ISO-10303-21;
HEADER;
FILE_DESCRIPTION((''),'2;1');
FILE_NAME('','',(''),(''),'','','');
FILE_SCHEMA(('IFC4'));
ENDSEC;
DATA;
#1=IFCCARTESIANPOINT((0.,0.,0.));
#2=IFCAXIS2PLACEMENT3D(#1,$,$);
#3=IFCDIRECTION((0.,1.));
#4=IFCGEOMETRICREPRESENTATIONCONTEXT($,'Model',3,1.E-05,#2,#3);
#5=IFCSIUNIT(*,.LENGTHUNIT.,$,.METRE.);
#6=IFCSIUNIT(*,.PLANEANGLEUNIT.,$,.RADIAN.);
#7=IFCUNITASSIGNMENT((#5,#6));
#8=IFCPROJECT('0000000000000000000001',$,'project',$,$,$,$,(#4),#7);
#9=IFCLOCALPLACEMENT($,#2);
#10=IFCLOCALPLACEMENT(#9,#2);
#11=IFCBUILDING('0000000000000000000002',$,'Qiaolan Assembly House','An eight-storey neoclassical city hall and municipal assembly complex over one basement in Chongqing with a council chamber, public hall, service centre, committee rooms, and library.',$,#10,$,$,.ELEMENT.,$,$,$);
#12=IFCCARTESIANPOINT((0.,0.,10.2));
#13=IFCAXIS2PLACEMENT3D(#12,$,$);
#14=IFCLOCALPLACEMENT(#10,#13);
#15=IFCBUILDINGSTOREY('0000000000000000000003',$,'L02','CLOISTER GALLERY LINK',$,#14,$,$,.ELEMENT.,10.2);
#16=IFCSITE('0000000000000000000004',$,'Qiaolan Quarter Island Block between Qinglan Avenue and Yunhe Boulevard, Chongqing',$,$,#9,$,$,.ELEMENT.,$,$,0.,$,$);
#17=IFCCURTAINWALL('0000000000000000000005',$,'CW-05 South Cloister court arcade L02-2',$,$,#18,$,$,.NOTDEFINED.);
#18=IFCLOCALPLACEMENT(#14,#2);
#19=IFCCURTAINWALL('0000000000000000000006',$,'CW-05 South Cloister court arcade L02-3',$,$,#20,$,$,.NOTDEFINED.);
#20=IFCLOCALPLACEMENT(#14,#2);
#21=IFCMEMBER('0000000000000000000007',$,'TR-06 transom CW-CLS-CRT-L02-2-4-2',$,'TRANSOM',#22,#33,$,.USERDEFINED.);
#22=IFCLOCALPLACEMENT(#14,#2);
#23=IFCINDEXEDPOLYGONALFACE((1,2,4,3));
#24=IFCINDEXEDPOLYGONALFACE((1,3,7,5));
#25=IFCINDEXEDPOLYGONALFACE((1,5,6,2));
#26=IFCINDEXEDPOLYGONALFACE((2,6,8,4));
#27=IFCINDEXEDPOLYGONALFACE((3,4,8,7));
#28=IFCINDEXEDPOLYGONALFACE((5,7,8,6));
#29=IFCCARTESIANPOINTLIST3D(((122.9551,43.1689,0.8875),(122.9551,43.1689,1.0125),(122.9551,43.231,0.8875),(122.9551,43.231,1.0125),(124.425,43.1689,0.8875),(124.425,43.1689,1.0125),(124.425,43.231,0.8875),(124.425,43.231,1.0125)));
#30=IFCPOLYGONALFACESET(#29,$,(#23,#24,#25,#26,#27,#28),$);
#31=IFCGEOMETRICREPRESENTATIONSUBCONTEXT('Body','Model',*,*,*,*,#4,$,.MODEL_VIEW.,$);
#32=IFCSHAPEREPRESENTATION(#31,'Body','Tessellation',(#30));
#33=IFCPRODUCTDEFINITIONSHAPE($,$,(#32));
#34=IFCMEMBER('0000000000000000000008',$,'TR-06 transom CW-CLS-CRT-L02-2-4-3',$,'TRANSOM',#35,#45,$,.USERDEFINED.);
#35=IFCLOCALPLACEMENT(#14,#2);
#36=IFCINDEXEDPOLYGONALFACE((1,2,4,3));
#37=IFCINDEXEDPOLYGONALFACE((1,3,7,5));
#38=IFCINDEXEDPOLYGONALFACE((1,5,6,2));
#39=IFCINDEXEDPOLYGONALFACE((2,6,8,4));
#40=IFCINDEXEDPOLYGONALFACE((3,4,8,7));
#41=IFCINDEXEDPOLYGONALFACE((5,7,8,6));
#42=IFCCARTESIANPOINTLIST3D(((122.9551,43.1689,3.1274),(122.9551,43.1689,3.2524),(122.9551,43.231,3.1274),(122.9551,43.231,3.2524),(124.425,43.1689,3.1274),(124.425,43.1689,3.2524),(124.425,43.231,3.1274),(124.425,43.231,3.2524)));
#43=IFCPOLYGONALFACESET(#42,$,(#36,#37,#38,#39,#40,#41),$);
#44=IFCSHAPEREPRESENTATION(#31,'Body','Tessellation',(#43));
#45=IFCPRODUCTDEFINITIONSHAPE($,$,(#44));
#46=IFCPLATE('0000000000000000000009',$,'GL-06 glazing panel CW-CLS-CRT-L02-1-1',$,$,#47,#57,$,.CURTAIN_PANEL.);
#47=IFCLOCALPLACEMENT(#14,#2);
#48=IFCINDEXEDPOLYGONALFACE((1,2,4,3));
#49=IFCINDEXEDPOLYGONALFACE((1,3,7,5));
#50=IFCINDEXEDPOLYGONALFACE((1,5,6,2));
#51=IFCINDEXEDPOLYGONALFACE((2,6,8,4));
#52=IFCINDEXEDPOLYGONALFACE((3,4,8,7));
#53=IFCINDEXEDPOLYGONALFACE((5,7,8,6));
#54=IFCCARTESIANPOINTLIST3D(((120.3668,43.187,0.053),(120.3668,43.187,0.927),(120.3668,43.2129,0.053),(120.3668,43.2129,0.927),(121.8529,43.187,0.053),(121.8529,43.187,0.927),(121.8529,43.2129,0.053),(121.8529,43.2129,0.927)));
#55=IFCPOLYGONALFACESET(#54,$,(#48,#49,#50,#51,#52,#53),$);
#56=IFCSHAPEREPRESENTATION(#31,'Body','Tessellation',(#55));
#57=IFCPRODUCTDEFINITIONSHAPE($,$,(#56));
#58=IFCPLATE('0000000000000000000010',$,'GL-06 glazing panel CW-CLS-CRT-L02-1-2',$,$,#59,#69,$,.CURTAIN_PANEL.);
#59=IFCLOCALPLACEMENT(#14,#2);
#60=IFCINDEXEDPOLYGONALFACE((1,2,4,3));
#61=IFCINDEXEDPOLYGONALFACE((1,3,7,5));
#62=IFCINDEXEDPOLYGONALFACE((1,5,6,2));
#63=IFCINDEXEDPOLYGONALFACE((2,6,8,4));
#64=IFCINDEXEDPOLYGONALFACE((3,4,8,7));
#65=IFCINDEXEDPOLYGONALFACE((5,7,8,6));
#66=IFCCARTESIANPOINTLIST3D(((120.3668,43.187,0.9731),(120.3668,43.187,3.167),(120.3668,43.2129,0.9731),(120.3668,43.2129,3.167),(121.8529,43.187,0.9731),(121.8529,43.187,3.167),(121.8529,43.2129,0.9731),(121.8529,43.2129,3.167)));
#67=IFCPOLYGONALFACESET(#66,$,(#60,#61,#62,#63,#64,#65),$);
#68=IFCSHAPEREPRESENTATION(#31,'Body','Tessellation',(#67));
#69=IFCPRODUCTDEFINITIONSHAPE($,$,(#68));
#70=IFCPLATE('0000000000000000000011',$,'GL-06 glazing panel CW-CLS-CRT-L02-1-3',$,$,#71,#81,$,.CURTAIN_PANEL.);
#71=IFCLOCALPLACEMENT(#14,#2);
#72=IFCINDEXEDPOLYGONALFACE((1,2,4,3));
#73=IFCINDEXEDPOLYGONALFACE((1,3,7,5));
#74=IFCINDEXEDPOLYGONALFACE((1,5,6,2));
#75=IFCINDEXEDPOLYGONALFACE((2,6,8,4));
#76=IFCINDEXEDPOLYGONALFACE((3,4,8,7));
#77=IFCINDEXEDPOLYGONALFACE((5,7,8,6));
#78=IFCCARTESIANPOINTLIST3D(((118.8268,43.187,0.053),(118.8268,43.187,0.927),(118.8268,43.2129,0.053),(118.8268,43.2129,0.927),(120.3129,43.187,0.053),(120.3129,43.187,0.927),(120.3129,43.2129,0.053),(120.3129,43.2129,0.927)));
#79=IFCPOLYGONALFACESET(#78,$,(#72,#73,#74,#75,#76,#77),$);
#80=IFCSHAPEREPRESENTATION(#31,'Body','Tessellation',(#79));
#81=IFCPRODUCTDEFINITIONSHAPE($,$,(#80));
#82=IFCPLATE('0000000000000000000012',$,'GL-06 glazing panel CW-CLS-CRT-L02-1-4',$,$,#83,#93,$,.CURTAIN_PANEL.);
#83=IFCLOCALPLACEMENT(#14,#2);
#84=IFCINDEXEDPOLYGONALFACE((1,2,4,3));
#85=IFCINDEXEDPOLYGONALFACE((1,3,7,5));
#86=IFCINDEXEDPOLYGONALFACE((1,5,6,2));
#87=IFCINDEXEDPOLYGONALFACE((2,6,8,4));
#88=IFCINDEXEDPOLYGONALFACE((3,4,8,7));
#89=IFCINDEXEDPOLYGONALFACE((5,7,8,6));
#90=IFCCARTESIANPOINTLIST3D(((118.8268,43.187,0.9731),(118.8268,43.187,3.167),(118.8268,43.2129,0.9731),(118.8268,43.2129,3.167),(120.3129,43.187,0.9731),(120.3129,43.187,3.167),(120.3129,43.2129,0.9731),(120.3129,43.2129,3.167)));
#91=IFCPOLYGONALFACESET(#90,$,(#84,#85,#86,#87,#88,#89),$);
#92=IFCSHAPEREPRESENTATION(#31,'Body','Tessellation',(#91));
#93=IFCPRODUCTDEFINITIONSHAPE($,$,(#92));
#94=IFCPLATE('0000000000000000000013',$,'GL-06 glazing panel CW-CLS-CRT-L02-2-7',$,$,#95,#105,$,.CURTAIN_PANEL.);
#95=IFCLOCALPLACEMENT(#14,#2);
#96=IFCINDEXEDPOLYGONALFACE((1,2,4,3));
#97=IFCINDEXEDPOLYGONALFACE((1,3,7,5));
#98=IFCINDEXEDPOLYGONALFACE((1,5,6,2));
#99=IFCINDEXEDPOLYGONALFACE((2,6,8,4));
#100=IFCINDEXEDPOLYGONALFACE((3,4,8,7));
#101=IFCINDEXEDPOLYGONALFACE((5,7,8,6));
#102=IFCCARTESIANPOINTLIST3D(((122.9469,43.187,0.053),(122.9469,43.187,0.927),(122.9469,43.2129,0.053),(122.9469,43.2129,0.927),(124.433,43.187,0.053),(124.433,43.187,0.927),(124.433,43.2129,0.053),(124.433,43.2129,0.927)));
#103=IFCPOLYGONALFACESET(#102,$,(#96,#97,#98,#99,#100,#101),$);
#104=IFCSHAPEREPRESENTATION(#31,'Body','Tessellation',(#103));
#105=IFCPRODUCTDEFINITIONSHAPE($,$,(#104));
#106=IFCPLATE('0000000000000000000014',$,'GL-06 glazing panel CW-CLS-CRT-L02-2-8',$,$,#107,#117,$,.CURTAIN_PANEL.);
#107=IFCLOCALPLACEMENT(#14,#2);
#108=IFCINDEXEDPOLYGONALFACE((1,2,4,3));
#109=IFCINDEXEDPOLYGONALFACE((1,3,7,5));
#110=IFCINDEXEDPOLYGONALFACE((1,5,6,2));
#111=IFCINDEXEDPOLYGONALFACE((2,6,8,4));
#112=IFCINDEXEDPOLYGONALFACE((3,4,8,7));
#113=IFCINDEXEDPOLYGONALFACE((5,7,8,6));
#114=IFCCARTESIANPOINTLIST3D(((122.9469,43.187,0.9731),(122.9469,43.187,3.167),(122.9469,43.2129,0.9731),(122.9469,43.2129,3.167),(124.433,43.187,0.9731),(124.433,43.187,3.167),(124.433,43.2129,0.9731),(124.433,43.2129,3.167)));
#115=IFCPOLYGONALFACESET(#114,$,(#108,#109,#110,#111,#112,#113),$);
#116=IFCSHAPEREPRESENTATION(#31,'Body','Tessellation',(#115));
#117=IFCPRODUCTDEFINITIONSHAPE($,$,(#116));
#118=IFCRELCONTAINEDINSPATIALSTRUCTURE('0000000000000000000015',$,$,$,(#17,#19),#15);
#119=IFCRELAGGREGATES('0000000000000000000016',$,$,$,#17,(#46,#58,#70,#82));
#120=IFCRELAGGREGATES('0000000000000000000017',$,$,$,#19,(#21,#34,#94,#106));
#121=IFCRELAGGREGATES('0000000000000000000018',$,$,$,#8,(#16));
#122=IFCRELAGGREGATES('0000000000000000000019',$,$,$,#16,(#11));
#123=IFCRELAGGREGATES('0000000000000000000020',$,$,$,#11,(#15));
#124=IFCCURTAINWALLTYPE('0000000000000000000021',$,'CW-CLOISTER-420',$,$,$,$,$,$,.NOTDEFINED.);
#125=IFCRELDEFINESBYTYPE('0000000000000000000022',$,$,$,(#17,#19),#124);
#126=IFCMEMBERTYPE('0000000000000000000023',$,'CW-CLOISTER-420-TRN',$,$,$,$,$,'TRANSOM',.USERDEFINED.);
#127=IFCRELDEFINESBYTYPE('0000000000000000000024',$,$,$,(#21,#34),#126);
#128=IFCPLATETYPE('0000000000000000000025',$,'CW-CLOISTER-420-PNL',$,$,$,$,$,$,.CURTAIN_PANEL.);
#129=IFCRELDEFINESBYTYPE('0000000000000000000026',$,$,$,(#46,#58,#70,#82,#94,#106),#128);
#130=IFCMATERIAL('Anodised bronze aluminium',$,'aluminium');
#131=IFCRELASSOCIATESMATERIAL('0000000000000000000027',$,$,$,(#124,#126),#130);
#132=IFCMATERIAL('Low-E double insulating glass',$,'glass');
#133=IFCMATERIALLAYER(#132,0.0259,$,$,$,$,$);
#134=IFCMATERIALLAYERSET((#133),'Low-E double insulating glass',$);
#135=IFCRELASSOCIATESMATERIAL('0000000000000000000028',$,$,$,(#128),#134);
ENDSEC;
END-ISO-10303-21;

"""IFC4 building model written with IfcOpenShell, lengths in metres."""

from ifc_helpers import new_model, si_unit, direction, frame, frame_2d, origin, origin_2d, place, context, subcontext, project, spatial, rectangle, extrude, material, layer, layer_set, material_profile, profile_set, type_object, element, aggregate, save


model = new_model("IFC4")

# Units and contexts
model_context = context("Model", 3, precision=1e-05, world=origin(), true_north=direction((0.0, 1.0)))
body_context = subcontext(model_context, "Body", "Model", "MODEL_VIEW")
ifc_project = project(units=[si_unit("LENGTHUNIT", "METRE"), si_unit("PLANEANGLEUNIT", "RADIAN")], contexts=[model_context])

# Site, building, storey
site_placement = place(None, origin())
site = spatial("IfcSite", under=ifc_project, at=site_placement, Name="Qiaolan Quarter Island Block between Qinglan Avenue and Yunhe Boulevard, Chongqing", CompositionType="ELEMENT", RefElevation=0.0)
building_placement = place(site_placement, origin())
building = spatial("IfcBuilding", under=site, at=building_placement, Name="Qiaolan Assembly House", Description="An eight-storey neoclassical city hall and municipal assembly complex over one basement in Chongqing with a council chamber, public hall, service centre, committee rooms, and library.", CompositionType="ELEMENT")
storey_placement = place(building_placement, frame((0.0, 0.0, 10.2)))
storey = spatial("IfcBuildingStorey", under=building, at=storey_placement, Name="L02", Description="CLOISTER GALLERY LINK", CompositionType="ELEMENT", Elevation=10.2)

# Curtain walls
ifc_material_1 = material(Name="Anodised bronze aluminium", Category="aluminium")
curtain_wall_type = type_object("IfcCurtainWallType", Name="CW-CLOISTER-420", PredefinedType="NOTDEFINED", material=ifc_material_1)
curtain_wall_1_placement = place(storey_placement, origin())
curtain_wall_1 = element("IfcCurtainWall", 1, at=curtain_wall_1_placement, inside=storey, type_object=curtain_wall_type, Name="CW-05 South Cloister court arcade L02-2", PredefinedType="NOTDEFINED")
curtain_wall_2_placement = place(storey_placement, origin())
curtain_wall_2 = element("IfcCurtainWall", 2, at=curtain_wall_2_placement, inside=storey, type_object=curtain_wall_type, Name="CW-05 South Cloister court arcade L02-3", PredefinedType="NOTDEFINED")

# Members
ifc_material_profile_1 = material_profile(ifc_material_1, rectangle(XDim=0.062, YDim=0.125, at=origin_2d()), Name="TRN 62x125")
ifc_profile_set_1 = profile_set([ifc_material_profile_1], Name="Anodised bronze aluminium")
member_type_1 = type_object("IfcMemberType", Name="CW-CLOISTER-420-TRN", ElementType="TRANSOM", PredefinedType="USERDEFINED", material=ifc_profile_set_1)
member_1_placement = place(storey_placement, frame((124.425, 43.2, 0.95), z_axis=(-1.0, 0.0, 0.0), x_axis=(0.0, -1.0, 0.0)))
member_1 = element("IfcMember", 3, at=member_1_placement, type_object=member_type_1, Name="TR-06 transom CW-CLS-CRT-L02-2-4-2", ObjectType="TRANSOM", PredefinedType="USERDEFINED", context=body_context, shape_type="SweptSolid", body=[
    extrude(rectangle(XDim=0.062, YDim=0.125, at=origin_2d()), origin(), (0.0, 0.0, 1.0), 1.47),
])
member_2_placement = place(storey_placement, frame((124.425, 43.2, 3.1899), z_axis=(-1.0, 0.0, 0.0), x_axis=(0.0, -1.0, 0.0)))
member_2 = element("IfcMember", 4, at=member_2_placement, type_object=member_type_1, Name="TR-06 transom CW-CLS-CRT-L02-2-4-3", ObjectType="TRANSOM", PredefinedType="USERDEFINED", context=body_context, shape_type="SweptSolid", body=[
    extrude(rectangle(XDim=0.062, YDim=0.125, at=origin_2d()), origin(), (0.0, 0.0, 1.0), 1.47),
])

# Plates
ifc_material_2 = material(Name="Low-E double insulating glass", Category="glass")
ifc_layer = layer(ifc_material_2, 0.0259)
ifc_layer_set = layer_set([ifc_layer], Name="Low-E double insulating glass")
plate_type = type_object("IfcPlateType", Name="CW-CLOISTER-420-PNL", PredefinedType="CURTAIN_PANEL", material=ifc_layer_set)
plate_1_placement = place(storey_placement, frame((121.853, 43.2, 0.053), z_axis=(0.0, 0.0, 1.0), x_axis=(-1.0, 0.0, 0.0)))
plate_1 = element("IfcPlate", 5, at=plate_1_placement, type_object=plate_type, Name="GL-06 glazing panel CW-CLS-CRT-L02-1-1", PredefinedType="CURTAIN_PANEL", context=body_context, shape_type="SweptSolid", body=[
    extrude(rectangle(XDim=1.4861, YDim=0.0259, at=frame_2d((0.7432, 0.0))), origin(), (0.0, 0.0, 1.0), 0.874),
])
plate_2_placement = place(storey_placement, frame((121.853, 43.2, 0.9731), z_axis=(0.0, 0.0, 1.0), x_axis=(-1.0, 0.0, 0.0)))
plate_2 = element("IfcPlate", 6, at=plate_2_placement, type_object=plate_type, Name="GL-06 glazing panel CW-CLS-CRT-L02-1-2", PredefinedType="CURTAIN_PANEL", context=body_context, shape_type="SweptSolid", body=[
    extrude(rectangle(XDim=1.4861, YDim=0.0259, at=frame_2d((0.7432, 0.0))), origin(), (0.0, 0.0, 1.0), 2.1938),
])
plate_3_placement = place(storey_placement, frame((120.313, 43.2, 0.053), z_axis=(0.0, 0.0, 1.0), x_axis=(-1.0, 0.0, 0.0)))
plate_3 = element("IfcPlate", 7, at=plate_3_placement, type_object=plate_type, Name="GL-06 glazing panel CW-CLS-CRT-L02-1-3", PredefinedType="CURTAIN_PANEL", context=body_context, shape_type="SweptSolid", body=[
    extrude(rectangle(XDim=1.4861, YDim=0.0259, at=frame_2d((0.7432, 0.0))), origin(), (0.0, 0.0, 1.0), 0.874),
])
plate_4_placement = place(storey_placement, frame((120.313, 43.2, 0.9731), z_axis=(0.0, 0.0, 1.0), x_axis=(-1.0, 0.0, 0.0)))
plate_4 = element("IfcPlate", 8, at=plate_4_placement, type_object=plate_type, Name="GL-06 glazing panel CW-CLS-CRT-L02-1-4", PredefinedType="CURTAIN_PANEL", context=body_context, shape_type="SweptSolid", body=[
    extrude(rectangle(XDim=1.4861, YDim=0.0259, at=frame_2d((0.7432, 0.0))), origin(), (0.0, 0.0, 1.0), 2.1938),
])
aggregate(curtain_wall_1, [plate_1, plate_2, plate_3, plate_4])
plate_5_placement = place(storey_placement, frame((124.4331, 43.2, 0.053), z_axis=(0.0, 0.0, 1.0), x_axis=(-1.0, 0.0, 0.0)))
plate_5 = element("IfcPlate", 9, at=plate_5_placement, type_object=plate_type, Name="GL-06 glazing panel CW-CLS-CRT-L02-2-7", PredefinedType="CURTAIN_PANEL", context=body_context, shape_type="SweptSolid", body=[
    extrude(rectangle(XDim=1.4861, YDim=0.0259, at=frame_2d((0.7432, 0.0))), origin(), (0.0, 0.0, 1.0), 0.874),
])
plate_6_placement = place(storey_placement, frame((124.4331, 43.2, 0.9731), z_axis=(0.0, 0.0, 1.0), x_axis=(-1.0, 0.0, 0.0)))
plate_6 = element("IfcPlate", 10, at=plate_6_placement, type_object=plate_type, Name="GL-06 glazing panel CW-CLS-CRT-L02-2-8", PredefinedType="CURTAIN_PANEL", context=body_context, shape_type="SweptSolid", body=[
    extrude(rectangle(XDim=1.4861, YDim=0.0259, at=frame_2d((0.7432, 0.0))), origin(), (0.0, 0.0, 1.0), 2.1938),
])
aggregate(curtain_wall_2, [member_1, member_2, plate_5, plate_6])

save(model, "model.ifc")
